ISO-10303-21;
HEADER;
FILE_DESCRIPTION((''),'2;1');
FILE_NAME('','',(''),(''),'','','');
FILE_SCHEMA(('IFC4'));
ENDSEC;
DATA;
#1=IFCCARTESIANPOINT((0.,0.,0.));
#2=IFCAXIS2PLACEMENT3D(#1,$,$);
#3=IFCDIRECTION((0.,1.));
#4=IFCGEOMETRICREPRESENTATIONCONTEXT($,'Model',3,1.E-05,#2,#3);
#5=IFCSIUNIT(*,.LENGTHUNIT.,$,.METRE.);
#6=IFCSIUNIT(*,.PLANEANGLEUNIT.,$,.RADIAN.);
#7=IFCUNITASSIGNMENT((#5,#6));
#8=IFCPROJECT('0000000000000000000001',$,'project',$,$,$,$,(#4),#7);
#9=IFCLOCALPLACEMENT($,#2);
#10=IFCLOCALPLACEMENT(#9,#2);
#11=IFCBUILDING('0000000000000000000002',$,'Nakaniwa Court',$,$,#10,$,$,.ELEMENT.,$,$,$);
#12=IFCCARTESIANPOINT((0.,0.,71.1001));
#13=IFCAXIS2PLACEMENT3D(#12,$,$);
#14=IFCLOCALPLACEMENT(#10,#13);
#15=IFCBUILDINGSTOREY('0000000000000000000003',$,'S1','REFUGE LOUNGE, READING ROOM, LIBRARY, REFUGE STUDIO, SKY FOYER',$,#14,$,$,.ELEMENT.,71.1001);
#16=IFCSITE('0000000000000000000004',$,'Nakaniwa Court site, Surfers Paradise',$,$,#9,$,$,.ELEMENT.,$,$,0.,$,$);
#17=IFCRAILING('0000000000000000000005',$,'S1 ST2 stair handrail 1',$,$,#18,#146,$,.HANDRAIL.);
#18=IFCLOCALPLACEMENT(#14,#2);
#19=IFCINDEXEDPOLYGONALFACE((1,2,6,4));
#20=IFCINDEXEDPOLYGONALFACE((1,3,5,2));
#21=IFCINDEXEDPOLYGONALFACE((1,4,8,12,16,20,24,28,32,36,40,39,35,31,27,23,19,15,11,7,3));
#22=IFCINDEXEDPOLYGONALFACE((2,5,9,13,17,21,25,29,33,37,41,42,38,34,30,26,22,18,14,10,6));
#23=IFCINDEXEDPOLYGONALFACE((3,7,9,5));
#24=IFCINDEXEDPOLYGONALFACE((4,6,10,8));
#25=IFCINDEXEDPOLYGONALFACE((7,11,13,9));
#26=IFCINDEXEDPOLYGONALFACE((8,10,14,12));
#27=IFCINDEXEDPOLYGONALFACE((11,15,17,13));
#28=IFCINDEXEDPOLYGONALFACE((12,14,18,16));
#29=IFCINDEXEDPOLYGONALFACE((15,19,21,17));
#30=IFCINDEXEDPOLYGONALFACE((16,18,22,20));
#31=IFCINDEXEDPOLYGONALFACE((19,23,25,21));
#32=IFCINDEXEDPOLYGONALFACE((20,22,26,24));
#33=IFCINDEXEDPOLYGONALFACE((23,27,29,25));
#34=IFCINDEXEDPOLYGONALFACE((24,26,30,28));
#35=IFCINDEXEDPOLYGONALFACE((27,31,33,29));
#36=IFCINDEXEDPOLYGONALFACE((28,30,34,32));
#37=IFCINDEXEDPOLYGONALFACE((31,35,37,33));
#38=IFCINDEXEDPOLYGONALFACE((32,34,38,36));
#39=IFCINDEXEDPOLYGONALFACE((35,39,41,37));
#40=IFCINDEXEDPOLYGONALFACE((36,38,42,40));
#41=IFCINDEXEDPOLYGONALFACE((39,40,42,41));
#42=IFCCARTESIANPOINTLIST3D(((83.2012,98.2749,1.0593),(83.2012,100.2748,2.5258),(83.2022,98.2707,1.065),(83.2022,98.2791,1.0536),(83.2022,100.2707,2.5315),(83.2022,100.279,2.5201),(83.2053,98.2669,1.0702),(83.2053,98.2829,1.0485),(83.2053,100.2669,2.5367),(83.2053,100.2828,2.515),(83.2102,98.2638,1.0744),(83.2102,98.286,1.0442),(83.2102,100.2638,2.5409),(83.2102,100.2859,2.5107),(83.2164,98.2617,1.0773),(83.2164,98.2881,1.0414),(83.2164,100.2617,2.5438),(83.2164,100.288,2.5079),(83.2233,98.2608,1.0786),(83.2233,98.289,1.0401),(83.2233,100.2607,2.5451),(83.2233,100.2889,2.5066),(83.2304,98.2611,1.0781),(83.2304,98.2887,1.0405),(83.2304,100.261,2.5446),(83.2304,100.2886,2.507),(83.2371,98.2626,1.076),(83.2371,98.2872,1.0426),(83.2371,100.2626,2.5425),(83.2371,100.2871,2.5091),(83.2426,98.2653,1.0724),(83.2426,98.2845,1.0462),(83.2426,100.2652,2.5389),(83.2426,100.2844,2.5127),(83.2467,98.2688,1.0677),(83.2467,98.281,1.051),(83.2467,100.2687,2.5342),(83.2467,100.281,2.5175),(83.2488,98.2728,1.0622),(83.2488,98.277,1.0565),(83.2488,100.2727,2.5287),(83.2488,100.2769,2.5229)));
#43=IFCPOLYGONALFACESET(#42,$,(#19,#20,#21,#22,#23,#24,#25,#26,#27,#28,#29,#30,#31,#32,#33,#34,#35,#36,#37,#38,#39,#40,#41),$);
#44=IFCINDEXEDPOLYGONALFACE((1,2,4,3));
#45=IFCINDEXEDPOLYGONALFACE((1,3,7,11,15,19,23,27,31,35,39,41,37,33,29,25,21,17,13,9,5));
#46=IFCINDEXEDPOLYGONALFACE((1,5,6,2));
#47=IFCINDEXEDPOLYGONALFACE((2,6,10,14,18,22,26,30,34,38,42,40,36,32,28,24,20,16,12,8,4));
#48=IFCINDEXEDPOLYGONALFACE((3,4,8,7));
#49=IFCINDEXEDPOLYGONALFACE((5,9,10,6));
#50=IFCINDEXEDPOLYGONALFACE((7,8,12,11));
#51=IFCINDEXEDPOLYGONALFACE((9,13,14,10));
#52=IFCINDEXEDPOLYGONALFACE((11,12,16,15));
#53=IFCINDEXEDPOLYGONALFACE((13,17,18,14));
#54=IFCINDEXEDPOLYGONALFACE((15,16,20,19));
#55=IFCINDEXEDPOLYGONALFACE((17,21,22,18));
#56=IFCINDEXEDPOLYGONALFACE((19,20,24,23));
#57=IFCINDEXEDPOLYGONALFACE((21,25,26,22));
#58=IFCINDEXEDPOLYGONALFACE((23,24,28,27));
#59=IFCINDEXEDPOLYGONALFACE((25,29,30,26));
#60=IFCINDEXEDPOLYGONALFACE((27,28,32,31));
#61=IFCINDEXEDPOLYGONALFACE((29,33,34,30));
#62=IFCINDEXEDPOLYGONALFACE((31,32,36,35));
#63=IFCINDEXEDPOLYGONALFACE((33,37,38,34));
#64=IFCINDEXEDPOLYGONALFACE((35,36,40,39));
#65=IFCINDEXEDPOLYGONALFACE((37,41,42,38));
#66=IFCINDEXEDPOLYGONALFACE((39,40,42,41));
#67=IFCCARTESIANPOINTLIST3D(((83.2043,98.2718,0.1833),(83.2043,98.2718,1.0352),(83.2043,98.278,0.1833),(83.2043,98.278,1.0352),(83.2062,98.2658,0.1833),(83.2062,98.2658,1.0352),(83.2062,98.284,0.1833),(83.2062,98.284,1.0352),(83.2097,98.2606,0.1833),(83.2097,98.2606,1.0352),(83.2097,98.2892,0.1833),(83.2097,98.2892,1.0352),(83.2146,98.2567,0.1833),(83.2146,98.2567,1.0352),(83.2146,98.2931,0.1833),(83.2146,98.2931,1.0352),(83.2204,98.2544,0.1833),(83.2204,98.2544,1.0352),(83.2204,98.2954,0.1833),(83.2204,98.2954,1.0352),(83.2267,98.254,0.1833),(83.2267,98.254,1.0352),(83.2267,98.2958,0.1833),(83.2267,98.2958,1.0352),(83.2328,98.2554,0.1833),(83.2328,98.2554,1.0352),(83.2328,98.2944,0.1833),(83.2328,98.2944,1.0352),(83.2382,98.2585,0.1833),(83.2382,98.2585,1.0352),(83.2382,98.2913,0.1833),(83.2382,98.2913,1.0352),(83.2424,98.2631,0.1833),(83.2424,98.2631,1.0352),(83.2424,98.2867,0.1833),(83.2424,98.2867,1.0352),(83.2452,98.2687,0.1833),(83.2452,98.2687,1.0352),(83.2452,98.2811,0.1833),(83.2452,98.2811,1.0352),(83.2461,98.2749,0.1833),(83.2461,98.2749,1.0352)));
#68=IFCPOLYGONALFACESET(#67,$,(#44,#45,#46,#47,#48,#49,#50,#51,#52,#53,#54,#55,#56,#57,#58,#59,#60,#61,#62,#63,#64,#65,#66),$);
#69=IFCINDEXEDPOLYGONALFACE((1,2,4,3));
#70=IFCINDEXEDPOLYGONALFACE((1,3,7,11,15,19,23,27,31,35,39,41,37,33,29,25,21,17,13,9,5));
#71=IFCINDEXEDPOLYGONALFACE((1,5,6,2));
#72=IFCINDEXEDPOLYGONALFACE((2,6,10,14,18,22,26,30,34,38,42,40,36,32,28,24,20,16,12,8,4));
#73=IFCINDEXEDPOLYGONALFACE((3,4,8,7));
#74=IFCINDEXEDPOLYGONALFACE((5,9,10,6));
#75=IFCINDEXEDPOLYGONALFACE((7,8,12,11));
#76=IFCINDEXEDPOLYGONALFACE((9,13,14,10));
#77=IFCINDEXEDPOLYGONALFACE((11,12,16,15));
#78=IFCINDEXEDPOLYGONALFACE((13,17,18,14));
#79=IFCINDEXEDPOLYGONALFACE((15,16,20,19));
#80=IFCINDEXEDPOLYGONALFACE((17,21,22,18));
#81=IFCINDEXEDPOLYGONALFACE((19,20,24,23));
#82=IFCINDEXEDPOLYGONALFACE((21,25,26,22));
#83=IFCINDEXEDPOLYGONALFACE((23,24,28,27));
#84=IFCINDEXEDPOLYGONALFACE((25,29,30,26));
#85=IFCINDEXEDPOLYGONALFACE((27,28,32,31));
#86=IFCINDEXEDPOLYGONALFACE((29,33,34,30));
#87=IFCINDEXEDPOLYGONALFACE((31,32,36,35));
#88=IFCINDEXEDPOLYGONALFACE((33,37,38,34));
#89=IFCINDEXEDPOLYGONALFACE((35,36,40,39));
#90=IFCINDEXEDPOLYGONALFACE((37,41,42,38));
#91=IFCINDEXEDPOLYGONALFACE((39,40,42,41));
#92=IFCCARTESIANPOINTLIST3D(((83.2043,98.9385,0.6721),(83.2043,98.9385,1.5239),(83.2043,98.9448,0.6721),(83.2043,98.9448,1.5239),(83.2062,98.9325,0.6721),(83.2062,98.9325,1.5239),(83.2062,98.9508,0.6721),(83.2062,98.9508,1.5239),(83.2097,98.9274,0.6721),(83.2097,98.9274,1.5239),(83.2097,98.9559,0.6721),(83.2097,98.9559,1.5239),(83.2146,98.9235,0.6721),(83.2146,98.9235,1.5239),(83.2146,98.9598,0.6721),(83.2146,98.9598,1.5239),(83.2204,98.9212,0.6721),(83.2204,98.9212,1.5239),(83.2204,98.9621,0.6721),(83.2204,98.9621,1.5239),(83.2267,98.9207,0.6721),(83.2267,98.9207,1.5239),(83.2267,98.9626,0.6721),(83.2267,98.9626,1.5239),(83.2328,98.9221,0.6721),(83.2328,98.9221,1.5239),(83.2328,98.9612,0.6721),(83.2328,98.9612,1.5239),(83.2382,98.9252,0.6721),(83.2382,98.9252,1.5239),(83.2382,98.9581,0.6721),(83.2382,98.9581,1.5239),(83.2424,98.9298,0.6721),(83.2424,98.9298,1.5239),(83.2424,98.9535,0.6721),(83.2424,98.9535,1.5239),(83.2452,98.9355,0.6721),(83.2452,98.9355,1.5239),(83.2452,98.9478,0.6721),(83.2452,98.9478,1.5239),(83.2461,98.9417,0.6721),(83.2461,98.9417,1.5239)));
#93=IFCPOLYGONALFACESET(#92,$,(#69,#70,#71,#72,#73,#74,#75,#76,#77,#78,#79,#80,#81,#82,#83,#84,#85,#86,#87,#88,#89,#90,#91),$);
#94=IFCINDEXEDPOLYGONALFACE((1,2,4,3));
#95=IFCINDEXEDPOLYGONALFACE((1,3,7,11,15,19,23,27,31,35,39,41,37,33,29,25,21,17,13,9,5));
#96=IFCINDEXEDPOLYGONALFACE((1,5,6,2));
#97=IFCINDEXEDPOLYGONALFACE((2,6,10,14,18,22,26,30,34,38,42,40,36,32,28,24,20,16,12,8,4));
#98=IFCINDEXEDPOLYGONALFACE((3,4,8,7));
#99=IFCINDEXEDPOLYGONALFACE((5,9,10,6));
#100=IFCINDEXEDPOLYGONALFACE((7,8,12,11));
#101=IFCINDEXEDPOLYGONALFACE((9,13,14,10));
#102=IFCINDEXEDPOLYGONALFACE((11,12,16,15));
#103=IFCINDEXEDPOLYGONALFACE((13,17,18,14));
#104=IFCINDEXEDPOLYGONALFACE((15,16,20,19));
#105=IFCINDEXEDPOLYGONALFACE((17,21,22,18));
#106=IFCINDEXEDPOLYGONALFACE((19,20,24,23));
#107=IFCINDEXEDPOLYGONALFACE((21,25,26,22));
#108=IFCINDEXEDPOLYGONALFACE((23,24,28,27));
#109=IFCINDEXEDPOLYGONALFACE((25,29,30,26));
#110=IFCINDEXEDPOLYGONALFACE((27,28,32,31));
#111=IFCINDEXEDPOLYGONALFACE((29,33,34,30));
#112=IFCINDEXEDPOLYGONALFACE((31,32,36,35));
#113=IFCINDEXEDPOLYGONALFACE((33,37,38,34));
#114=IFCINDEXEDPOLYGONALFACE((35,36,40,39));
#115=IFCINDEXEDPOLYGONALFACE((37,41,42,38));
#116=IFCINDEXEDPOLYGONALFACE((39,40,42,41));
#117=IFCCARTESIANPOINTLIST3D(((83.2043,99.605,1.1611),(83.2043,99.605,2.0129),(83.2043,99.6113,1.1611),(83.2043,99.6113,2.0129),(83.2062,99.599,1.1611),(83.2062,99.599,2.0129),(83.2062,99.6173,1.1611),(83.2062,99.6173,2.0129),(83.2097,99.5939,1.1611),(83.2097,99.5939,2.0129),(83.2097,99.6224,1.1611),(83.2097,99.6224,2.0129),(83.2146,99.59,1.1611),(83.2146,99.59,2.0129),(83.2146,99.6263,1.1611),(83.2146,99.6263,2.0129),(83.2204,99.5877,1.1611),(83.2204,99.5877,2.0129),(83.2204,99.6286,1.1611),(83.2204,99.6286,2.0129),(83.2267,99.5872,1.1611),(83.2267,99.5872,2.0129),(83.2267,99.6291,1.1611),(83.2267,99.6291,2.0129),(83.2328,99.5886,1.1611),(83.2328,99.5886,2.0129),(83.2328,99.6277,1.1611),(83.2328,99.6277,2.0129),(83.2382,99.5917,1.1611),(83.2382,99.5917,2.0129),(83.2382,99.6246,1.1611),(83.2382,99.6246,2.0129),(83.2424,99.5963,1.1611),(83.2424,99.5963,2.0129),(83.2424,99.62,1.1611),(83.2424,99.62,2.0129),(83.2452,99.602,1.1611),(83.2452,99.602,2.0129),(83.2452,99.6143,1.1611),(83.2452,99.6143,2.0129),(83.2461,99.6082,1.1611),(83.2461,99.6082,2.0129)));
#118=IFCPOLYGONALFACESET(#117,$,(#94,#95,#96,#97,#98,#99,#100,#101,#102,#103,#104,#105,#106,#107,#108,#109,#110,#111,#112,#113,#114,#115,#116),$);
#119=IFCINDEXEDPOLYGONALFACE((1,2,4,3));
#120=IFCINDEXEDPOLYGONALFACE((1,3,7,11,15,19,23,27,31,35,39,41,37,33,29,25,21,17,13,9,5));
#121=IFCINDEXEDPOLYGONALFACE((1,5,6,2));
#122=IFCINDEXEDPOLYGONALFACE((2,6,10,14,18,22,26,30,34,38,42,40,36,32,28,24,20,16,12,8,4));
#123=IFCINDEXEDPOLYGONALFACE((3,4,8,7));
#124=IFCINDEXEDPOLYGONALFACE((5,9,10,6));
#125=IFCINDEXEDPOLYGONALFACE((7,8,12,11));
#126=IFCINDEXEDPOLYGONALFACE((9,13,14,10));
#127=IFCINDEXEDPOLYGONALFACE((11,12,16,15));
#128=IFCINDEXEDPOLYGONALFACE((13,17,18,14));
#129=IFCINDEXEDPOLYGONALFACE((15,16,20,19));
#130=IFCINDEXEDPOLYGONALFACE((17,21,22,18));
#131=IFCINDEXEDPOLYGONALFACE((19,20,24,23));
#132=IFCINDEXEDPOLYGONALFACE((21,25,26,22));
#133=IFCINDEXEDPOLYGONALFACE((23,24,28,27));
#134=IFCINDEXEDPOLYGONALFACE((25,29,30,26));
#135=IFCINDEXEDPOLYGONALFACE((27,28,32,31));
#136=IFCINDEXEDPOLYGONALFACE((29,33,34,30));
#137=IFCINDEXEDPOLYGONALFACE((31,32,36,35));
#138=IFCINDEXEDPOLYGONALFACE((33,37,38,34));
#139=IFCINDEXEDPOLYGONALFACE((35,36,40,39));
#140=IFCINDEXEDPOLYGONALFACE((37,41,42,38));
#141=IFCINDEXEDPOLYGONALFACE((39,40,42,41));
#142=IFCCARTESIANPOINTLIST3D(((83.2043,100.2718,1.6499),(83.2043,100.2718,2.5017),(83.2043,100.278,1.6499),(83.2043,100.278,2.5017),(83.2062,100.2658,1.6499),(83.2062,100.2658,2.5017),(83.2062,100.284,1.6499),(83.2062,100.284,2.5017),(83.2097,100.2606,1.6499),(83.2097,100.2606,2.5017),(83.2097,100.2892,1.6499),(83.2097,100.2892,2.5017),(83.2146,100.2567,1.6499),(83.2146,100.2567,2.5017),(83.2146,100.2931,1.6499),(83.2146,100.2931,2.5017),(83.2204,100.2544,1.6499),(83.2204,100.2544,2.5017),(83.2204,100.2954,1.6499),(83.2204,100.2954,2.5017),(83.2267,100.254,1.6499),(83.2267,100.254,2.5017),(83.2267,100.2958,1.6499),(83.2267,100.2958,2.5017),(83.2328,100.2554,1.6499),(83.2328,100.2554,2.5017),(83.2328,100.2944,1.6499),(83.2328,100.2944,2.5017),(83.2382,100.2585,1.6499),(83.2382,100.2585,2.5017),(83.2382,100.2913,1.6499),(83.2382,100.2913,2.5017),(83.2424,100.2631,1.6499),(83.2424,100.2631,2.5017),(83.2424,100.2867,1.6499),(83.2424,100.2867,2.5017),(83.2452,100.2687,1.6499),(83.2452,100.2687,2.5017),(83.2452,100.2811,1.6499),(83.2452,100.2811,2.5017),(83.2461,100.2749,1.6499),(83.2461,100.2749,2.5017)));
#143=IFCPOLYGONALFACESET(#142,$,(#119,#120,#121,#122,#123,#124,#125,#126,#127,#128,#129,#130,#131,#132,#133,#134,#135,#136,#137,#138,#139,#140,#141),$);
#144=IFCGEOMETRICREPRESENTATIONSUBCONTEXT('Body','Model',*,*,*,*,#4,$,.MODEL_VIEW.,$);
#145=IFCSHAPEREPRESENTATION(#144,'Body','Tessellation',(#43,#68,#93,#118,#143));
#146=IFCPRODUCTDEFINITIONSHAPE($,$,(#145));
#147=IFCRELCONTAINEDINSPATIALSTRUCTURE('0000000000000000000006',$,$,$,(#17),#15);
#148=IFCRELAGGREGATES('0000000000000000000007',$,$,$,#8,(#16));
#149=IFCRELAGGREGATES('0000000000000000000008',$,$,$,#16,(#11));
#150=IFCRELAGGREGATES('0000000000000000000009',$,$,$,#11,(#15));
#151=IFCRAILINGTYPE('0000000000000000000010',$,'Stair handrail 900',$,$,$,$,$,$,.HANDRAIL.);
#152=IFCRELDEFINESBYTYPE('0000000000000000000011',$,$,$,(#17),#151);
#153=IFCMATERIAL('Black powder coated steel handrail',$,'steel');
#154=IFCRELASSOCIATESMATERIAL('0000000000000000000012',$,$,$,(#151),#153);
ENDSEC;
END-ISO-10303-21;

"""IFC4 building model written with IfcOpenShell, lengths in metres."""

from ifc_helpers import new_model, si_unit, direction, frame, origin, origin_2d, place, context, subcontext, project, spatial, circle, extrude, material, type_object, element, save


model = new_model("IFC4")

# Units and contexts
model_context = context("Model", 3, precision=1e-05, world=origin(), true_north=direction((0.0, 1.0)))
body_context = subcontext(model_context, "Body", "Model", "MODEL_VIEW")
ifc_project = project(units=[si_unit("LENGTHUNIT", "METRE"), si_unit("PLANEANGLEUNIT", "RADIAN")], contexts=[model_context])

# Site, building, storey
site_placement = place(None, origin())
site = spatial("IfcSite", under=ifc_project, at=site_placement, Name="Nakaniwa Court site, Surfers Paradise", CompositionType="ELEMENT", RefElevation=0.0)
building_placement = place(site_placement, origin())
building = spatial("IfcBuilding", under=site, at=building_placement, Name="Nakaniwa Court", CompositionType="ELEMENT")
storey_placement = place(building_placement, frame((0.0, 0.0, 71.1001)))
storey = spatial("IfcBuildingStorey", under=building, at=storey_placement, Name="S1", Description="REFUGE LOUNGE, READING ROOM, LIBRARY, REFUGE STUDIO, SKY FOYER", CompositionType="ELEMENT", Elevation=71.1001)

# Railing
ifc_material_1 = material(Name="Black powder coated steel handrail", Category="steel")
railing_type_1 = type_object("IfcRailingType", Name="Stair handrail 900", PredefinedType="HANDRAIL", material=ifc_material_1)
railing_1_placement = place(storey_placement, frame((83.2251, 98.2749, 0.1833)))
element("IfcRailing", 1, at=railing_1_placement, inside=storey, type_object=railing_type_1, Name="S1 ST2 stair handrail 1", PredefinedType="HANDRAIL", context=body_context, shape_type="SweptSolid", body=[
    extrude(circle(Radius=0.0239, at=origin_2d()), frame((0.0, 0.0, 0.876), z_axis=(0.0, 0.806427, 0.591334), x_axis=(-1.0, 0.0, 0.0)), (0.0, 0.0, 1.0), 2.48),
    extrude(circle(Radius=0.021, at=origin_2d()), origin(), (0.0, 0.0, 1.0), 0.8518),
    extrude(circle(Radius=0.021, at=origin_2d()), frame((0.0, 0.6667, 0.4888)), (0.0, 0.0, 1.0), 0.8518),
    extrude(circle(Radius=0.021, at=origin_2d()), frame((0.0, 1.3333, 0.9778)), (0.0, 0.0, 1.0), 0.8518),
    extrude(circle(Radius=0.021, at=origin_2d()), frame((0.0, 2.0, 1.4666)), (0.0, 0.0, 1.0), 0.8518),
])

save(model, "model.ifc")
